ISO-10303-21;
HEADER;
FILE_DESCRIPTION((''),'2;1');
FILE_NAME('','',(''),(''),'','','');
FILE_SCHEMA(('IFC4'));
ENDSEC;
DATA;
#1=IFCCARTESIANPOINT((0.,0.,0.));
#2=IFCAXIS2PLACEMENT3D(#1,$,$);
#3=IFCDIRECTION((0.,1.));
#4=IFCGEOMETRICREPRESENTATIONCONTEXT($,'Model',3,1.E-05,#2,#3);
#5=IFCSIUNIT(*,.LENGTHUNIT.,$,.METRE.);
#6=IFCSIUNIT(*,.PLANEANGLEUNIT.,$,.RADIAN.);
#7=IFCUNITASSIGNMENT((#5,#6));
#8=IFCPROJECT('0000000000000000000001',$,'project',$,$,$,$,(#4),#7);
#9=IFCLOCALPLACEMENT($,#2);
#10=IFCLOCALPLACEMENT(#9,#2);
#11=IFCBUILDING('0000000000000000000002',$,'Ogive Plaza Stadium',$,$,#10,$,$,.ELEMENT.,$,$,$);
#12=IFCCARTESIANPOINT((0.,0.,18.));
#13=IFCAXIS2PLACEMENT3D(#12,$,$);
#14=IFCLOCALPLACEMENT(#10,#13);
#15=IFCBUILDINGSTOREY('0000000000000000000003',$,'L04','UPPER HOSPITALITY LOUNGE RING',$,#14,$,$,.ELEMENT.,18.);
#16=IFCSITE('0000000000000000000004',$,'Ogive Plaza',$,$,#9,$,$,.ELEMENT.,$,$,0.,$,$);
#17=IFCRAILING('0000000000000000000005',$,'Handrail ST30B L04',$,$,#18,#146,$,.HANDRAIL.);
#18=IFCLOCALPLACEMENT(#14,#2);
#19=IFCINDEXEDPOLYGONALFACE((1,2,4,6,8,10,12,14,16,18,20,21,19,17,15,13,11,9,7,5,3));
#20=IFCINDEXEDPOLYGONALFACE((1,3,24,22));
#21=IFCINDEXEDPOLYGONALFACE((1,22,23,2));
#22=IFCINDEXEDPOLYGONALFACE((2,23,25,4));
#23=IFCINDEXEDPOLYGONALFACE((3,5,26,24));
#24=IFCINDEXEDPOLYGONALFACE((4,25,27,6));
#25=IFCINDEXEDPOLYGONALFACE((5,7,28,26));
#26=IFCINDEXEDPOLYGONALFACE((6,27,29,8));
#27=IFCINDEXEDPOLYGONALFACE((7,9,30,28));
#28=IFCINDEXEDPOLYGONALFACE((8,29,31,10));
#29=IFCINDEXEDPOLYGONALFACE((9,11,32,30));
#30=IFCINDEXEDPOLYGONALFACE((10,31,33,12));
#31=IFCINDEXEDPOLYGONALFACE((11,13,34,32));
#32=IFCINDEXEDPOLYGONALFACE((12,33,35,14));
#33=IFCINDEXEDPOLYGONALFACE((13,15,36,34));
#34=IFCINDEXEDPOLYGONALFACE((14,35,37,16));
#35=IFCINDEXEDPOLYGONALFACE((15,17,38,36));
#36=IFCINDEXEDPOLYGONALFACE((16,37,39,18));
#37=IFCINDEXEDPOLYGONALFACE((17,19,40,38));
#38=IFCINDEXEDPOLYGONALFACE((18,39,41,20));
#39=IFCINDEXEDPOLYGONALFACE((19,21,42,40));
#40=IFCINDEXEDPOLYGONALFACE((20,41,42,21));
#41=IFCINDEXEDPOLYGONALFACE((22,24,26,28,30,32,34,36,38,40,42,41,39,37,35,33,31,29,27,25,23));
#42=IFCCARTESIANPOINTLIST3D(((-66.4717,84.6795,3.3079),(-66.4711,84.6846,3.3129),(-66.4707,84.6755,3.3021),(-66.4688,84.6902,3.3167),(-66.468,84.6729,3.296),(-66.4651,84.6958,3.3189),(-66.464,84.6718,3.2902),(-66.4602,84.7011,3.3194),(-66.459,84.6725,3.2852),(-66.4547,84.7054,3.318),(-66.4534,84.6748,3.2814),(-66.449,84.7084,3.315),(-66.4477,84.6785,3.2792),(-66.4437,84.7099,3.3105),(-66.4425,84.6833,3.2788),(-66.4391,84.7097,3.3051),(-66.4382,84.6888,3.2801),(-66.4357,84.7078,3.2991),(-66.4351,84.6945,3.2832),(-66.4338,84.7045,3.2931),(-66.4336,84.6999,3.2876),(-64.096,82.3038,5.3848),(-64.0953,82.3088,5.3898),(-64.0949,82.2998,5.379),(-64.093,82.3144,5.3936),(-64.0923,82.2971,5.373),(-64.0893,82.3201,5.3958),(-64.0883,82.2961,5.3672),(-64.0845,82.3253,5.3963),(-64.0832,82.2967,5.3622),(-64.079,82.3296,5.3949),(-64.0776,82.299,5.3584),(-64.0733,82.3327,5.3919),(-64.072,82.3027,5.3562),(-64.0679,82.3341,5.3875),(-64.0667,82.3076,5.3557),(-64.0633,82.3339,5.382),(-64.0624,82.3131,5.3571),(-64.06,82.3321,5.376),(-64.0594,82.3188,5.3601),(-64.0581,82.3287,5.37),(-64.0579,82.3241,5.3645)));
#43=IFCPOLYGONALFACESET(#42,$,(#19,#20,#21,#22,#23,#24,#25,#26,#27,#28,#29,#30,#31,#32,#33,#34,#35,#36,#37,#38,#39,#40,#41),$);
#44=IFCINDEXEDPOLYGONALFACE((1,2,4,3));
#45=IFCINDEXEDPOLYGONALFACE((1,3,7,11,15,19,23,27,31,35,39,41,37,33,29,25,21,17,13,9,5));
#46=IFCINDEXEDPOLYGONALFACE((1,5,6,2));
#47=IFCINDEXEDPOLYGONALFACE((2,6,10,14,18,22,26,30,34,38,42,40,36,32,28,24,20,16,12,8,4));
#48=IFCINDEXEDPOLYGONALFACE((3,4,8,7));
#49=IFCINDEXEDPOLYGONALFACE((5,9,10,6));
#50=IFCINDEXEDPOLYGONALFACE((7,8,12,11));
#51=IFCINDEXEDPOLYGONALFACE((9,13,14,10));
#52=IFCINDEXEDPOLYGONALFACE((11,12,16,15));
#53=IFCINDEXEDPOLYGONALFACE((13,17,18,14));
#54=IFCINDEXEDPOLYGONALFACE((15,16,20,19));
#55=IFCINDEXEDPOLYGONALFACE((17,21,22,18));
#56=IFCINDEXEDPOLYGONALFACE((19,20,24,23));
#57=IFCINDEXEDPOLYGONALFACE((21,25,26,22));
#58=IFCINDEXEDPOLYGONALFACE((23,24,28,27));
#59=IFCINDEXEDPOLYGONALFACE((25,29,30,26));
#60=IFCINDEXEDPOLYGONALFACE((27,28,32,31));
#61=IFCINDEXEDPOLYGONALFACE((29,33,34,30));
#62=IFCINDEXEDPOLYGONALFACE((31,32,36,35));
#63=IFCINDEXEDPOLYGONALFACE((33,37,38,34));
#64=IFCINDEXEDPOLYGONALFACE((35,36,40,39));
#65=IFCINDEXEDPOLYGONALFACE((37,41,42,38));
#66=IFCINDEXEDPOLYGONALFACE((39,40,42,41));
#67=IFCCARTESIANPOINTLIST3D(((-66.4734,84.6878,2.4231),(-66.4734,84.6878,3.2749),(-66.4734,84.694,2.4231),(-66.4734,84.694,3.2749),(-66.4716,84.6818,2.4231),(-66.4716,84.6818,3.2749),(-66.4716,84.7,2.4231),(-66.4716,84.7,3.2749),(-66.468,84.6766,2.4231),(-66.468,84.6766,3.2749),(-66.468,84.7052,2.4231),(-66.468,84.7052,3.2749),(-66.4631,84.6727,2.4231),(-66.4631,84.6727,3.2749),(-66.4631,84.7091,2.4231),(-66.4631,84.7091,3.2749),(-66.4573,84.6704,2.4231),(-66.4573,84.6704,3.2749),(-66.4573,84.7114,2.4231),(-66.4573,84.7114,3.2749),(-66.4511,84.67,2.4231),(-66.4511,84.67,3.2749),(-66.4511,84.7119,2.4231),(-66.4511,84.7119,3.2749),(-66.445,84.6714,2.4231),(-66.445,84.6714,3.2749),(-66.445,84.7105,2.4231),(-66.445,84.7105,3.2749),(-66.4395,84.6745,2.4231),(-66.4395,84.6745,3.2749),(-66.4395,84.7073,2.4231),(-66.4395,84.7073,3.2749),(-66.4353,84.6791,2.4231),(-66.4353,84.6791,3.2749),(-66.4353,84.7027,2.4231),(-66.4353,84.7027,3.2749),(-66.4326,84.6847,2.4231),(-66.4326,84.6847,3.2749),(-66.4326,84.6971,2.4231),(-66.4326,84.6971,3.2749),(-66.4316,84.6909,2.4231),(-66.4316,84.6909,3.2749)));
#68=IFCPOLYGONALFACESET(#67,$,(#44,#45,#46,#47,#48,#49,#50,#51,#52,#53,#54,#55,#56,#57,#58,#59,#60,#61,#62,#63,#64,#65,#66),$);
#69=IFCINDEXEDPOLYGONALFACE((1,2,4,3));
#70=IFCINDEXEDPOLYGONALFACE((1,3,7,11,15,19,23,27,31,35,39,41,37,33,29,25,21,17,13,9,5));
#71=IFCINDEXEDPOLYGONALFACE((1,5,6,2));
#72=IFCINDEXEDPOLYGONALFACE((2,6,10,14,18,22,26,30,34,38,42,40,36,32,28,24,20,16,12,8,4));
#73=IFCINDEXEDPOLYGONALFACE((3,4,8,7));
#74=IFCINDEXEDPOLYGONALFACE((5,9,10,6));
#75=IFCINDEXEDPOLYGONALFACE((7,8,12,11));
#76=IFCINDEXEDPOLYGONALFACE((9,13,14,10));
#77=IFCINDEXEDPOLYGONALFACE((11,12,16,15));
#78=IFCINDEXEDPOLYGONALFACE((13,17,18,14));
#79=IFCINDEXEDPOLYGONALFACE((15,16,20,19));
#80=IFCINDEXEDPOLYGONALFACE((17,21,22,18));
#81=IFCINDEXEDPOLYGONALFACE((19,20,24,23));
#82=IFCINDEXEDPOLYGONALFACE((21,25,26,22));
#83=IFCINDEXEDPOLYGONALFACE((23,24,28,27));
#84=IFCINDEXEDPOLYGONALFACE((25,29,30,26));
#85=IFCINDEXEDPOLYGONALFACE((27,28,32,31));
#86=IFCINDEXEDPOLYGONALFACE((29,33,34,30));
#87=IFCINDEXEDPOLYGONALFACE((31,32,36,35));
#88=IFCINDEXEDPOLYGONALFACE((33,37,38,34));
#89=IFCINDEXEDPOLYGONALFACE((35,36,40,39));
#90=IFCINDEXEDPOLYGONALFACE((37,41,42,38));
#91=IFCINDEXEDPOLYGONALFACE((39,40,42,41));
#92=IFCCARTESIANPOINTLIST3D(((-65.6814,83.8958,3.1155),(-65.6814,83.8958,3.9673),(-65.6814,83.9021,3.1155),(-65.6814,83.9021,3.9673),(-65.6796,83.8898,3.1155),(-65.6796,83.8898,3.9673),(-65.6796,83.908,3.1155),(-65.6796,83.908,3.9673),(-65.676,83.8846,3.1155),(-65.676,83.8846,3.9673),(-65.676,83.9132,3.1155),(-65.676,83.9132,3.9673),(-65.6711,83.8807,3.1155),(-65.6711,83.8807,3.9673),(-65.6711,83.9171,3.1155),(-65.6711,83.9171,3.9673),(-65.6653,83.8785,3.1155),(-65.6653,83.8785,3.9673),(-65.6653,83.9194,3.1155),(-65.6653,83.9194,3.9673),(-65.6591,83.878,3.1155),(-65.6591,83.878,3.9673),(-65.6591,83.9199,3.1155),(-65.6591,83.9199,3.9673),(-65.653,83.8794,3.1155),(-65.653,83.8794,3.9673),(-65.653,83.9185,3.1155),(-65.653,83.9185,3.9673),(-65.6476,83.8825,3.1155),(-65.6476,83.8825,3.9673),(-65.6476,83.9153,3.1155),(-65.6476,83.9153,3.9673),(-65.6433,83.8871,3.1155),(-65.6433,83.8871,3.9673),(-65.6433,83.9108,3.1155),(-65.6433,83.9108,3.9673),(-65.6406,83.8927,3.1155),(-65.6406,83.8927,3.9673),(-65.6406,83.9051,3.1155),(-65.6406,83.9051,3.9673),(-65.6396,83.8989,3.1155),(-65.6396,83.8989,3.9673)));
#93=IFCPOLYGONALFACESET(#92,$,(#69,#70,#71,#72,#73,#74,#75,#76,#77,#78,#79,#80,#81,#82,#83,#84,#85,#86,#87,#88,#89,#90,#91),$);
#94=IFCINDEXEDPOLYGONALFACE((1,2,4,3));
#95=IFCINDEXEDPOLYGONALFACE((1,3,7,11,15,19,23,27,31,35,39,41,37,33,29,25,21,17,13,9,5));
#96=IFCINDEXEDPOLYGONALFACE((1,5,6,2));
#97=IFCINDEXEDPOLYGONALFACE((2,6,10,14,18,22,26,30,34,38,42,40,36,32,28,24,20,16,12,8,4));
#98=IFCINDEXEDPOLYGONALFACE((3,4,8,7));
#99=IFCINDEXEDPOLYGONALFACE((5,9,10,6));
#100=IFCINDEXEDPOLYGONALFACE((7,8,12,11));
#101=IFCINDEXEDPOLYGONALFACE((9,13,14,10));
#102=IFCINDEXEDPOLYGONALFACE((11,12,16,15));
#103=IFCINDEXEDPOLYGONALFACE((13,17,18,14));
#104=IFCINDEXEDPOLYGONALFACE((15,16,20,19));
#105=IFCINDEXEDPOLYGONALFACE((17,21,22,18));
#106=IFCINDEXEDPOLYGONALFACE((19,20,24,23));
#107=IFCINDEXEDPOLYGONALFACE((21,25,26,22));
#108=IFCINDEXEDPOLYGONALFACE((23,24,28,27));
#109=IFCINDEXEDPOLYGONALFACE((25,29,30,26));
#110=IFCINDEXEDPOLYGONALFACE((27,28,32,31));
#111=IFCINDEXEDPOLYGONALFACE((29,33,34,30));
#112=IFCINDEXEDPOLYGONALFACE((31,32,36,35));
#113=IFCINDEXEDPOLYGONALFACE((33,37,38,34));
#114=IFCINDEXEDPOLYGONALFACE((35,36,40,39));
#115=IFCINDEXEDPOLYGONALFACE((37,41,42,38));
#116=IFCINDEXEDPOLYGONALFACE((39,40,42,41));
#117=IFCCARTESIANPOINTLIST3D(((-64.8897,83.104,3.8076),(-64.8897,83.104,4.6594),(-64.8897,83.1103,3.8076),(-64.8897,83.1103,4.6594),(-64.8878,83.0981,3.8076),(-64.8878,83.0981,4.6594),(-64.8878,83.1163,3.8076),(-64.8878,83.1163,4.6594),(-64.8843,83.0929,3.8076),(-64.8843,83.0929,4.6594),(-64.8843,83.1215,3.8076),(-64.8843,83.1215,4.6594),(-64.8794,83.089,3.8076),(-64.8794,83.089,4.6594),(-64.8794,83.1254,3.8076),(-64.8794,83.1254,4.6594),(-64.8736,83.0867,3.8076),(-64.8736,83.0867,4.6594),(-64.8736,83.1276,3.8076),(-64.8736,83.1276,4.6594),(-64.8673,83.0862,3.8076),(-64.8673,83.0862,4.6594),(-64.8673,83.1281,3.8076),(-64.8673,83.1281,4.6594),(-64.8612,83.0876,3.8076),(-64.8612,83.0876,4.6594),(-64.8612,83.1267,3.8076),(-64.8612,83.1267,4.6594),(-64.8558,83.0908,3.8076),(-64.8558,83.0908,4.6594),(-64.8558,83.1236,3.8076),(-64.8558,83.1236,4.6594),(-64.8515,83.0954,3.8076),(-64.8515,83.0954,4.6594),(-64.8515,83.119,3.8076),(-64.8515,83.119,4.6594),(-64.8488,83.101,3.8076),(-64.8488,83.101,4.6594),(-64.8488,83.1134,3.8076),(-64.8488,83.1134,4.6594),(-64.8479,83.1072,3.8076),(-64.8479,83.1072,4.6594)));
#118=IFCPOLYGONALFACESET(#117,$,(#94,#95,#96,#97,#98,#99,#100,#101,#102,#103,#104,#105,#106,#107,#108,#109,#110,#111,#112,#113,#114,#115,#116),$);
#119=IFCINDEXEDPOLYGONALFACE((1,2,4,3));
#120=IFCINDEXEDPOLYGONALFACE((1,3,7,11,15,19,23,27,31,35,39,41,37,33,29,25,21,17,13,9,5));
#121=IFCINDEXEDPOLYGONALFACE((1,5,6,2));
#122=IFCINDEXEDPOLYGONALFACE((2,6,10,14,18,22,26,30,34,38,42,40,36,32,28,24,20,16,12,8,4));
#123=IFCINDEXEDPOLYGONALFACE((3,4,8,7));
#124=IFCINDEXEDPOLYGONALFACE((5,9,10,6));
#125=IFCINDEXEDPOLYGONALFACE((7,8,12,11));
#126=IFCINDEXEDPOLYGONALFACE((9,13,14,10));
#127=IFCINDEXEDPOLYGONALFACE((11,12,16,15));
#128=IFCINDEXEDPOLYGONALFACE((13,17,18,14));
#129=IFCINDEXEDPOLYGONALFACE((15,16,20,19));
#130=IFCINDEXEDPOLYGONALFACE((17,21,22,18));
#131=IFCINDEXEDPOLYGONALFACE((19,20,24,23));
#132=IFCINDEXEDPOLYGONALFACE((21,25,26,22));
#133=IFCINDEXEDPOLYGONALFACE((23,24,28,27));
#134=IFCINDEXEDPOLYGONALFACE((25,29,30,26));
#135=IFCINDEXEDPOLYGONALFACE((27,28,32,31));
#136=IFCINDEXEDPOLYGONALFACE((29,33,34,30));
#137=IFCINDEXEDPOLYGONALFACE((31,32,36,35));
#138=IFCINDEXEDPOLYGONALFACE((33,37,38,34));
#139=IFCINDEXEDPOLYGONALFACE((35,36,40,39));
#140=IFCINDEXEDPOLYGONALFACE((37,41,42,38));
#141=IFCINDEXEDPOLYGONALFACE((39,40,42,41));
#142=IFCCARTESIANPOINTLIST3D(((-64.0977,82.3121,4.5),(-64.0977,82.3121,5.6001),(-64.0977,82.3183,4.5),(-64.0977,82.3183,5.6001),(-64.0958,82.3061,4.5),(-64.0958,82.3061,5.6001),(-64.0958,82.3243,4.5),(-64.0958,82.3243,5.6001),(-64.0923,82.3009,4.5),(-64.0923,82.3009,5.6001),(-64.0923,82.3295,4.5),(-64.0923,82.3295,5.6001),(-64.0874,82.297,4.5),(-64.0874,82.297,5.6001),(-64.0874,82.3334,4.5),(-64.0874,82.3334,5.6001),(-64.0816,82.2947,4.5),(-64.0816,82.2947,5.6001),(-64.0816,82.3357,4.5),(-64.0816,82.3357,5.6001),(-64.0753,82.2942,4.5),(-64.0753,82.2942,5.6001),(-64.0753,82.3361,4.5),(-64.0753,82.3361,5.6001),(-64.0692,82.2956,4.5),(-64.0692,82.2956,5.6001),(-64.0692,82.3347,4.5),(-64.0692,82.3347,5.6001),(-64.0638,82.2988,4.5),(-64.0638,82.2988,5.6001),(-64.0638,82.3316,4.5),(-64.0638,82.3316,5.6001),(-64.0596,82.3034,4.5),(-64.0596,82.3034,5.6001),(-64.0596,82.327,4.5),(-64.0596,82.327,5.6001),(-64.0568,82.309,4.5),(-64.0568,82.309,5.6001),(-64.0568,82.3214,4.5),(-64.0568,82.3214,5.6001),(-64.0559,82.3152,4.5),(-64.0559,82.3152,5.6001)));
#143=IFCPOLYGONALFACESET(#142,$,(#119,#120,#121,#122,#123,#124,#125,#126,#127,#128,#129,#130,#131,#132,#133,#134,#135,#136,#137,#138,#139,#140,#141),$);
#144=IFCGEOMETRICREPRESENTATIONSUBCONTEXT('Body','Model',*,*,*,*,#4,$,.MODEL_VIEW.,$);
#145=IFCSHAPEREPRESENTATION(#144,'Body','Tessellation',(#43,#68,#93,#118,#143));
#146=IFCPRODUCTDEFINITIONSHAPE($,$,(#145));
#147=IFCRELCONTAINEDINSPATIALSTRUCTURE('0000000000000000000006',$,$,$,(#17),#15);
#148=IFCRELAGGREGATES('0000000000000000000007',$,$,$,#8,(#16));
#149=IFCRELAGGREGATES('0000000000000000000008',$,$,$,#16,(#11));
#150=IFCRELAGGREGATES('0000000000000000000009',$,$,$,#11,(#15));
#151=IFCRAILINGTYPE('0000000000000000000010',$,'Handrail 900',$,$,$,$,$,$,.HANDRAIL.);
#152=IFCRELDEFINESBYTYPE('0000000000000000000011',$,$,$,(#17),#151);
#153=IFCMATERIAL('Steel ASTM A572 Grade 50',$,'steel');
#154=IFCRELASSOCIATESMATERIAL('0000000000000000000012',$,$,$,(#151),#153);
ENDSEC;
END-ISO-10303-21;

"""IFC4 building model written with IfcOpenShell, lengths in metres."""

from ifc_helpers import new_model, si_unit, direction, frame, origin, origin_2d, place, context, subcontext, project, spatial, circle, extrude, material, type_object, element, save


model = new_model("IFC4")

# Units and contexts
model_context = context("Model", 3, precision=1e-05, world=origin(), true_north=direction((0.0, 1.0)))
body_context = subcontext(model_context, "Body", "Model", "MODEL_VIEW")
ifc_project = project(units=[si_unit("LENGTHUNIT", "METRE"), si_unit("PLANEANGLEUNIT", "RADIAN")], contexts=[model_context])

# Site, building, storey
site_placement = place(None, origin())
site = spatial("IfcSite", under=ifc_project, at=site_placement, Name="Ogive Plaza", CompositionType="ELEMENT", RefElevation=0.0)
building_placement = place(site_placement, origin())
building = spatial("IfcBuilding", under=site, at=building_placement, Name="Ogive Plaza Stadium", CompositionType="ELEMENT")
storey_placement = place(building_placement, frame((0.0, 0.0, 18.0)))
storey = spatial("IfcBuildingStorey", under=building, at=storey_placement, Name="L04", Description="UPPER HOSPITALITY LOUNGE RING", CompositionType="ELEMENT", Elevation=18.0)

# Railing
ifc_material_1 = material(Name="Steel ASTM A572 Grade 50", Category="steel")
railing_type_1 = type_object("IfcRailingType", Name="Handrail 900", PredefinedType="HANDRAIL", material=ifc_material_1)
for number, where, name in (
    (1, (-66.4526, 84.6909, 2.4231), "Handrail ST30B L04"),
):
    element("IfcRailing", number, at=place(storey_placement, frame(where)), inside=storey, type_object=railing_type_1, Name=name, PredefinedType="HANDRAIL", context=body_context, shape_type="SweptSolid", body=[
        extrude(circle(Radius=0.0239, at=origin_2d()), frame((0.0, 0.0, 0.876), z_axis=(0.601466, -0.601466, 0.525811), x_axis=(0.707107, 0.707107, 0.0)), (0.0, 0.0, 1.0), 3.95),
        extrude(circle(Radius=0.021, at=origin_2d()), origin(), (0.0, 0.0, 1.0), 0.8518),
        extrude(circle(Radius=0.021, at=origin_2d()), frame((0.792, -0.792, 0.6924)), (0.0, 0.0, 1.0), 0.8518),
        extrude(circle(Radius=0.021, at=origin_2d()), frame((1.5837, -1.5837, 1.3845)), (0.0, 0.0, 1.0), 0.8518),
        extrude(circle(Radius=0.021, at=origin_2d()), frame((2.3757, -2.3757, 2.0769)), (0.0, 0.0, 1.0), 1.1001),
    ])

save(model, "model.ifc")
